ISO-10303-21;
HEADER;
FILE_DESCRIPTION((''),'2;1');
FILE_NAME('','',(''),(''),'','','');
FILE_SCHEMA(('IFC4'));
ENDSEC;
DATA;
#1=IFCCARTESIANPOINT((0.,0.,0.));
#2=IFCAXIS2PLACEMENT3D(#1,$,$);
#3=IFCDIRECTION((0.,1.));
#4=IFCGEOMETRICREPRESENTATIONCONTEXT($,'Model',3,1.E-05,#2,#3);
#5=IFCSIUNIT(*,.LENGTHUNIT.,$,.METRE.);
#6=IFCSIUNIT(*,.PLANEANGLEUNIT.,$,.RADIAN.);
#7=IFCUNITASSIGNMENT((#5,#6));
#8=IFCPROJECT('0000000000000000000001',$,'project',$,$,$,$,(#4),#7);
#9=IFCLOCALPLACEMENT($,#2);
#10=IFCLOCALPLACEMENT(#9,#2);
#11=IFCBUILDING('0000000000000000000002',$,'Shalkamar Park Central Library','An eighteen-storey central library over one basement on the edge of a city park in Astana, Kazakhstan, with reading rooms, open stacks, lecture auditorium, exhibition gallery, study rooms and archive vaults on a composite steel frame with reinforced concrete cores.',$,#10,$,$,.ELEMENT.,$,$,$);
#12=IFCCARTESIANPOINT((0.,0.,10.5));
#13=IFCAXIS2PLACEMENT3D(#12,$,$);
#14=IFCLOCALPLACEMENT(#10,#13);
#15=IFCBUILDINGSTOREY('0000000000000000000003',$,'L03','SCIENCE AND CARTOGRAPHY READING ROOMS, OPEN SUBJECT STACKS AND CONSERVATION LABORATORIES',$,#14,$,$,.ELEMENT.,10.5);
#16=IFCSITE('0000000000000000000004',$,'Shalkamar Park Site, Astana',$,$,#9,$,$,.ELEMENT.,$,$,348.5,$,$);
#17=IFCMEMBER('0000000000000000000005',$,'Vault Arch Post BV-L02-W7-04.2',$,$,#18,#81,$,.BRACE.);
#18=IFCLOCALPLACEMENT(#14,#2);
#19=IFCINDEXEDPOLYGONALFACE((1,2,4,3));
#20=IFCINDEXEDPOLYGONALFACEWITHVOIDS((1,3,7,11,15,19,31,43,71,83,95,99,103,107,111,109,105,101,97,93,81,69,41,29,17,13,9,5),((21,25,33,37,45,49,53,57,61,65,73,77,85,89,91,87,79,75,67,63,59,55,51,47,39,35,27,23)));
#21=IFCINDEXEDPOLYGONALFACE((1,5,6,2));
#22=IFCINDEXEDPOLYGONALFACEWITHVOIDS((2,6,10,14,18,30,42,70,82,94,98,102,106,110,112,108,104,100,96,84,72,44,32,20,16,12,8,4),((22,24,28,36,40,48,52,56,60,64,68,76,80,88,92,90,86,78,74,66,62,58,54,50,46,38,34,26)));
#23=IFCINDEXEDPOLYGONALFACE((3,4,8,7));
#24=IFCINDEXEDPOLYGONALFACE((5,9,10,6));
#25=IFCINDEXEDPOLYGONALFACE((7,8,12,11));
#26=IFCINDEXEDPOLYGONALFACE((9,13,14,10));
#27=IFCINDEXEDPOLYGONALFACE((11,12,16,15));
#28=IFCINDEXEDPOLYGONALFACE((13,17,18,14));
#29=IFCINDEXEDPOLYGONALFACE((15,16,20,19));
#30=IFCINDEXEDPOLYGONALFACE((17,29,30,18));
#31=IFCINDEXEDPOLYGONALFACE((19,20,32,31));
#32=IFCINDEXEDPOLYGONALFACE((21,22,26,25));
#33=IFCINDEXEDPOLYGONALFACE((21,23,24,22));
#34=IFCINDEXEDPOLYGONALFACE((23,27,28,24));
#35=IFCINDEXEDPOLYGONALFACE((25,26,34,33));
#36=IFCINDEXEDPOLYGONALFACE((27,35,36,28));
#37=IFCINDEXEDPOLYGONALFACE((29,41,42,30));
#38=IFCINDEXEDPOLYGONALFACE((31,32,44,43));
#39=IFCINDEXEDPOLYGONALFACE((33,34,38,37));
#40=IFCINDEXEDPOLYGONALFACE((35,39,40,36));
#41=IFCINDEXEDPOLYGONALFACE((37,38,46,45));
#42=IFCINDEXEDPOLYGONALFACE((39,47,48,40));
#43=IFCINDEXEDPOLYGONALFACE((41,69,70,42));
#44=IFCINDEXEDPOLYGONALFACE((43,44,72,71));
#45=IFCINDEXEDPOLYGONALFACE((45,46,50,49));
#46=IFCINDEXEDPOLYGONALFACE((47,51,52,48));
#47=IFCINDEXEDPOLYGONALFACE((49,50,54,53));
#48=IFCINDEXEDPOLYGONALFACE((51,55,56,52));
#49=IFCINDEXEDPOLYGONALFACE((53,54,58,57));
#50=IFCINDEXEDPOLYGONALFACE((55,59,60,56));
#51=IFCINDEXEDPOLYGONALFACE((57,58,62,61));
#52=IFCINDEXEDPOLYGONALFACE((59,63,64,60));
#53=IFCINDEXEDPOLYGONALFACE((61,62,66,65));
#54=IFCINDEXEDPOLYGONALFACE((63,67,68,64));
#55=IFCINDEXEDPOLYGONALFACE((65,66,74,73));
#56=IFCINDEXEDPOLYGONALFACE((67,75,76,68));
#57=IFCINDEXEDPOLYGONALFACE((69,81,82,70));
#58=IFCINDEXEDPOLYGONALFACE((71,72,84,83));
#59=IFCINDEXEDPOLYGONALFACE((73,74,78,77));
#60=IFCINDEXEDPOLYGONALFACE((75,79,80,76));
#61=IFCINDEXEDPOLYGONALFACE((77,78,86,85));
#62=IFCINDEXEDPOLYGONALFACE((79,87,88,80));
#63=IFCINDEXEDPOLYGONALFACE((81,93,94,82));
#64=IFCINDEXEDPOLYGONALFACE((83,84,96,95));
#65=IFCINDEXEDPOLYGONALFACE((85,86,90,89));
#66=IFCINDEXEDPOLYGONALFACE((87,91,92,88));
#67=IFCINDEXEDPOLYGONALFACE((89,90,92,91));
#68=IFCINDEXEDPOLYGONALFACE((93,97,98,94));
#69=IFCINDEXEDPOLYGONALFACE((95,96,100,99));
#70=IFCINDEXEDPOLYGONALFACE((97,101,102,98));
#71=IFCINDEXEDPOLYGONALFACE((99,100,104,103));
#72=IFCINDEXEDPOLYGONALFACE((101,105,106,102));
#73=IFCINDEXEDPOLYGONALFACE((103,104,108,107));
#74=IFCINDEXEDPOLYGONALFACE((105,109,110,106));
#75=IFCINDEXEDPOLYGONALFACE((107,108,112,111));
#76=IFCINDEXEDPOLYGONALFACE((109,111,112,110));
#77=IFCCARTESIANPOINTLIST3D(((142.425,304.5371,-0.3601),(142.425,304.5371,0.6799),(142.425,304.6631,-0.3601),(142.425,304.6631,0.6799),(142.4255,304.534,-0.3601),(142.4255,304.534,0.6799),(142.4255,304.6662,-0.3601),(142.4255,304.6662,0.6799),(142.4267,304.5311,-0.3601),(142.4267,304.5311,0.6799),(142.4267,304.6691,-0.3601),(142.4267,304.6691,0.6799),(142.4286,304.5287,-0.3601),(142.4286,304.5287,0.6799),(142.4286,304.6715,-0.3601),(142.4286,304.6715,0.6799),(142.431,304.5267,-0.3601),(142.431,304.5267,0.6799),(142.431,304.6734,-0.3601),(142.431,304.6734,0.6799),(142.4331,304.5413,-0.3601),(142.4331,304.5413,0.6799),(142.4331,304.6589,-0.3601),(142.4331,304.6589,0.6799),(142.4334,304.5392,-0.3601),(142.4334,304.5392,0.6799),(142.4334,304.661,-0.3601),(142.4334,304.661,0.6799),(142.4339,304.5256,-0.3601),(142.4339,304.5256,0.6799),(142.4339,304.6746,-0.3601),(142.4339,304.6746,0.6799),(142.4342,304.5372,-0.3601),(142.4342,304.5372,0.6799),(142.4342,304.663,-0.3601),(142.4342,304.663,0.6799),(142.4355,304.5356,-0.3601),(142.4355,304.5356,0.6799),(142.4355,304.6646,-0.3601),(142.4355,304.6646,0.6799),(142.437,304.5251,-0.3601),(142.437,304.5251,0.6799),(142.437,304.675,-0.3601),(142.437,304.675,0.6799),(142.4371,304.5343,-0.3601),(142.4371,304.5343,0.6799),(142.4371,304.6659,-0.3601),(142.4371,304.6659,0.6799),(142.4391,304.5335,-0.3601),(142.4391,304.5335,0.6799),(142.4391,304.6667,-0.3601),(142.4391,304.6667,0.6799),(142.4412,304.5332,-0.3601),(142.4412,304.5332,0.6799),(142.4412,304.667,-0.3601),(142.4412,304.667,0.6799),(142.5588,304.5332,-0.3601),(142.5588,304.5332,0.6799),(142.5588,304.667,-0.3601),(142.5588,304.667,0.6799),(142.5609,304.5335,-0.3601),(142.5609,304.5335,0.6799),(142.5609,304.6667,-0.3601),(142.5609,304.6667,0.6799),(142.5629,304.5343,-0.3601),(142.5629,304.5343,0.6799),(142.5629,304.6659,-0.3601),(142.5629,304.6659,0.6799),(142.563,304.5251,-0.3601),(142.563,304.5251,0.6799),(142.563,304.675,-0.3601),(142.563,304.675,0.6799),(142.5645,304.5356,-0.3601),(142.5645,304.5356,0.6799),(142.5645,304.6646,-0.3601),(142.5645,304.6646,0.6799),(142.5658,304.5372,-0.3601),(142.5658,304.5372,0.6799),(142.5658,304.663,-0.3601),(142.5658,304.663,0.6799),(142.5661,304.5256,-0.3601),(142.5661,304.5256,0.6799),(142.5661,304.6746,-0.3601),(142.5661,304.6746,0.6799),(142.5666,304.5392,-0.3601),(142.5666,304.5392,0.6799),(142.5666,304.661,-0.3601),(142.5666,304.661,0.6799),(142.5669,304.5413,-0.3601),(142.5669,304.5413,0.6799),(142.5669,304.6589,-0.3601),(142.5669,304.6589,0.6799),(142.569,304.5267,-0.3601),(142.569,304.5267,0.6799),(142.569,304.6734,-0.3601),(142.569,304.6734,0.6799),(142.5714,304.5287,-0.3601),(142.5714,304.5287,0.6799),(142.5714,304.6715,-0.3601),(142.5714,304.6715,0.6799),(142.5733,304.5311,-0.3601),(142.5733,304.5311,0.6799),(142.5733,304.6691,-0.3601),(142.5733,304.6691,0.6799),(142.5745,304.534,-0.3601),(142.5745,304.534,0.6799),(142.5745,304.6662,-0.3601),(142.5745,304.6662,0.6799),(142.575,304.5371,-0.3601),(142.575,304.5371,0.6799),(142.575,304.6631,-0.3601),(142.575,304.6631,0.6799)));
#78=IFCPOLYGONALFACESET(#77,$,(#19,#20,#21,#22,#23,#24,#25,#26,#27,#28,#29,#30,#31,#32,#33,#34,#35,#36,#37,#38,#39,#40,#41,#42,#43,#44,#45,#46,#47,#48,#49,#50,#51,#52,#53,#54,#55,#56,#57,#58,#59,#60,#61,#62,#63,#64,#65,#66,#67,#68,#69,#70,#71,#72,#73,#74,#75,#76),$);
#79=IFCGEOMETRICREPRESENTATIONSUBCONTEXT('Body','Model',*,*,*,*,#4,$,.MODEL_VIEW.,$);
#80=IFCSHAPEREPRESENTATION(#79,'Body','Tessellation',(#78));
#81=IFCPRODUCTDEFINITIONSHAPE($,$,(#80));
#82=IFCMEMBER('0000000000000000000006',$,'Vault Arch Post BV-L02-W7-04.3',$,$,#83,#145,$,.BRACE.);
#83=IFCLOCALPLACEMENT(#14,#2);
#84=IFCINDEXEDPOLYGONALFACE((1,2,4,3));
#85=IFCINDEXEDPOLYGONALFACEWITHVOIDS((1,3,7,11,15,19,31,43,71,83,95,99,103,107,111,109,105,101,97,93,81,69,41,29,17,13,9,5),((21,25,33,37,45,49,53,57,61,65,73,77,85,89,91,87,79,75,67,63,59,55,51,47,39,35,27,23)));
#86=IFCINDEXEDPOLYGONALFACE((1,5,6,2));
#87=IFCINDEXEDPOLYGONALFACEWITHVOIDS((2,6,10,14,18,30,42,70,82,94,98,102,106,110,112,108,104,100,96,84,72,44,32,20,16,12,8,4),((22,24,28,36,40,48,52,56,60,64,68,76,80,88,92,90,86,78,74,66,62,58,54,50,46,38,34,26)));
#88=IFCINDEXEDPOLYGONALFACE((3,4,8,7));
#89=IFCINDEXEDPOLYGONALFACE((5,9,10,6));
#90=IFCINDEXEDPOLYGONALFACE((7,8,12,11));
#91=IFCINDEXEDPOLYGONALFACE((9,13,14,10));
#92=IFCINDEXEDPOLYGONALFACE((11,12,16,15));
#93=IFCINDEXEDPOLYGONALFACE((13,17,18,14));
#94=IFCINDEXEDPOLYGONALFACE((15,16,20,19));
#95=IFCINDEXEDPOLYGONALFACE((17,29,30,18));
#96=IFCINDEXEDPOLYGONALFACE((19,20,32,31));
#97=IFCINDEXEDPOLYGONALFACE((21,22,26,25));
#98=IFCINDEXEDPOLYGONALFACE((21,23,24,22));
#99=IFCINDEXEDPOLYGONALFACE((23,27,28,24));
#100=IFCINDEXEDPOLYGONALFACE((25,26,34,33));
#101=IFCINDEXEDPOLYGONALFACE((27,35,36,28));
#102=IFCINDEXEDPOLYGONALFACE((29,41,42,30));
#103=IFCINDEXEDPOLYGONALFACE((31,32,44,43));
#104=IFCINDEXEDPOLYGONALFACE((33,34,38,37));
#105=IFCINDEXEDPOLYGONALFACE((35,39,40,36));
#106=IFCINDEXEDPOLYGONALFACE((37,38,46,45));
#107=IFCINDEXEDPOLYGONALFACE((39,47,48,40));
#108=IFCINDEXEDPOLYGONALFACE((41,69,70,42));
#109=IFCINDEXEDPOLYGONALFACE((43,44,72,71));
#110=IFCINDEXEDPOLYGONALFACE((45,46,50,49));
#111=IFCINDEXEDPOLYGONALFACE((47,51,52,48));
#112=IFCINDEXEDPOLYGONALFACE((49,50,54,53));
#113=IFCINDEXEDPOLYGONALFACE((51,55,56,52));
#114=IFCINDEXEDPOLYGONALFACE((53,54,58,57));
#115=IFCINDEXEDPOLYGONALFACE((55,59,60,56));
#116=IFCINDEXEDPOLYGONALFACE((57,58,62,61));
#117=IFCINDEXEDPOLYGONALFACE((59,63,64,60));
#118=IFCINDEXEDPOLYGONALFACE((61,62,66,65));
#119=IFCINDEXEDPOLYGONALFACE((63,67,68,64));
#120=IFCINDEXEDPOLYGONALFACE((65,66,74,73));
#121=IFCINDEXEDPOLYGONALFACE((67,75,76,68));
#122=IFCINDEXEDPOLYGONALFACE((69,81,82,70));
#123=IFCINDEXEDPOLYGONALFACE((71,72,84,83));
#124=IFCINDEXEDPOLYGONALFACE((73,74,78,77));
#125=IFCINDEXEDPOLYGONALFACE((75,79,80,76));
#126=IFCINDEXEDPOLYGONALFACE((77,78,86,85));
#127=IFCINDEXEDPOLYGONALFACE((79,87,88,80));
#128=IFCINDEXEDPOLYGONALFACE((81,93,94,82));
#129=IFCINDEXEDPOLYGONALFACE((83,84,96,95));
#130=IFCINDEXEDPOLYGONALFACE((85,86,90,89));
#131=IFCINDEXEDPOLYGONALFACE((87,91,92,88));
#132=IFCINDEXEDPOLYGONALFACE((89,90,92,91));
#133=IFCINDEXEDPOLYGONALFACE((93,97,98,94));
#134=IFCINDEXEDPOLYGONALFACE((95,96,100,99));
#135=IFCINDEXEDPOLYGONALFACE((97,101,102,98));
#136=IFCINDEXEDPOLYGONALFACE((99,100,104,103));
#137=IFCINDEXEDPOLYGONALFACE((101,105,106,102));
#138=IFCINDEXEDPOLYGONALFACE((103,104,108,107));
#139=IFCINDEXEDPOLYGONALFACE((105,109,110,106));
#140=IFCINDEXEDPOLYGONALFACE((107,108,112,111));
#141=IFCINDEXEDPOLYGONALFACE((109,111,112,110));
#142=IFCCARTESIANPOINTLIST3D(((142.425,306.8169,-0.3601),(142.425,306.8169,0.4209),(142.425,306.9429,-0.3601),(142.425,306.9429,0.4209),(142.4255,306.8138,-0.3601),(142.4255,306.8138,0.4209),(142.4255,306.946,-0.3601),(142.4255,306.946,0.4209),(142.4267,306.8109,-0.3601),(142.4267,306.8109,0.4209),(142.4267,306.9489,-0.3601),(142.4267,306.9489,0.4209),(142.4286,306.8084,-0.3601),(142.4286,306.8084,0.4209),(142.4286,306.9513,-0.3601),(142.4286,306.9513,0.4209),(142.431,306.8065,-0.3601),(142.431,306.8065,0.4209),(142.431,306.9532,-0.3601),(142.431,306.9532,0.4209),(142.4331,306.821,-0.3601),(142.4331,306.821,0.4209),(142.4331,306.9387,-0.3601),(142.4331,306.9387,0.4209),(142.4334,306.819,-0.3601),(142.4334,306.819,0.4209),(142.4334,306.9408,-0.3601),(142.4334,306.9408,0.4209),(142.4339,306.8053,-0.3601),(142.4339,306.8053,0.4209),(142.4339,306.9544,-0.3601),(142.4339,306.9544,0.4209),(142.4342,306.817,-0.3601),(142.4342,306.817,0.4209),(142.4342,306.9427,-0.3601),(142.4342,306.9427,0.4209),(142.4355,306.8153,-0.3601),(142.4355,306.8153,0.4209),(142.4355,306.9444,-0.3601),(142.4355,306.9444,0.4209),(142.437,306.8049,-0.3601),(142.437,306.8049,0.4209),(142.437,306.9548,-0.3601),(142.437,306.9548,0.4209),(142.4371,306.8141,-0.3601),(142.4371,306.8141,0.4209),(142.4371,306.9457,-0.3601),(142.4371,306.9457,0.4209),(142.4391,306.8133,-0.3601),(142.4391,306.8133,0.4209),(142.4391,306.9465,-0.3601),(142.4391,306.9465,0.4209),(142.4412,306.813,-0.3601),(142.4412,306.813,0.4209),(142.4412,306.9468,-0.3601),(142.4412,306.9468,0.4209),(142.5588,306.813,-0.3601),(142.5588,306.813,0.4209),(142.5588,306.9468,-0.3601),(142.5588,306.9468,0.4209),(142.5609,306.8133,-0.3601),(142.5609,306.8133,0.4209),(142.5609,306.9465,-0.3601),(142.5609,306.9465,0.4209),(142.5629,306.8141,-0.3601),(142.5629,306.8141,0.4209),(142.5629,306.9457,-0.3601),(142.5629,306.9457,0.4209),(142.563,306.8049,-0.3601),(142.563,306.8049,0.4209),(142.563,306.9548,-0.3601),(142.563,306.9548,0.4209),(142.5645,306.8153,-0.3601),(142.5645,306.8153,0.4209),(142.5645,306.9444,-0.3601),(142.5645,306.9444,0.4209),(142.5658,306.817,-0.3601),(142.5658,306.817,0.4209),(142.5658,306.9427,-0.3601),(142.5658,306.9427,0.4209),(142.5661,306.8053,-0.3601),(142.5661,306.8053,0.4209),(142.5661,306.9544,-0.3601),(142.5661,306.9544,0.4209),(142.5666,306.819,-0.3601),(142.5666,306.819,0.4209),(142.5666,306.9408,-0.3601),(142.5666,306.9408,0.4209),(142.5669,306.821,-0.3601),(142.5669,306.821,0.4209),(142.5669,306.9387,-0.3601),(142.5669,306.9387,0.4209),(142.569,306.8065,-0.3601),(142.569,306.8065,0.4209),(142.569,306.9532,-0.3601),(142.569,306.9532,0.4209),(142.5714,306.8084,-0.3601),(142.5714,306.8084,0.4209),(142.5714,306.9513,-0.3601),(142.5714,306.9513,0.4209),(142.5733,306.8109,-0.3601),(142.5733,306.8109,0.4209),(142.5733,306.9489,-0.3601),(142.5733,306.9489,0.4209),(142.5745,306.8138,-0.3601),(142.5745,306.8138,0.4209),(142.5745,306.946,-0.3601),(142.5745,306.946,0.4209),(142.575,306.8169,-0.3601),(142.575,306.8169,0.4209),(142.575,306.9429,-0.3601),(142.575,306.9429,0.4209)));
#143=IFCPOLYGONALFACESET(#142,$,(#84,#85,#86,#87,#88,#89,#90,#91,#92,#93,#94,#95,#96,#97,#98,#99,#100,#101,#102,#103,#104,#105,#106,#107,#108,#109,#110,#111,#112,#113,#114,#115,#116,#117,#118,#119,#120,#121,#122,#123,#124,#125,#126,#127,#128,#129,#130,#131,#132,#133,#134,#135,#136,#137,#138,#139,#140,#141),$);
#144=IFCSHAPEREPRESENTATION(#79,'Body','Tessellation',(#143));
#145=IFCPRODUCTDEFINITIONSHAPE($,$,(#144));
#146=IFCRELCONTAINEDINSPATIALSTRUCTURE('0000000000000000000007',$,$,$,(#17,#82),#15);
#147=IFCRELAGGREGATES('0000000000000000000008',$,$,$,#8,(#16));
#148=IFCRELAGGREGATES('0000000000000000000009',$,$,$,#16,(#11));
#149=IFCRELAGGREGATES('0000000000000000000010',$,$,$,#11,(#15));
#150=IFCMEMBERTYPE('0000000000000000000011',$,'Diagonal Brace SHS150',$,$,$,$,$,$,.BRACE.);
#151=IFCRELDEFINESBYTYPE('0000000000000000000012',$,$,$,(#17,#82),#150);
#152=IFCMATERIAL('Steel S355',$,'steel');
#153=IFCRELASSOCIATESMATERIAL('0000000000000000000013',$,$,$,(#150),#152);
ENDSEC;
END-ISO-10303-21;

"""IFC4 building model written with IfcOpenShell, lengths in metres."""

from ifc_helpers import new_model, si_unit, direction, frame, origin, origin_2d, place, context, subcontext, project, spatial, hollow_rectangle, extrude, material, material_profile, profile_set, type_object, element, save


model = new_model("IFC4")

# Units and contexts
model_context = context("Model", 3, precision=1e-05, world=origin(), true_north=direction((0.0, 1.0)))
body_context = subcontext(model_context, "Body", "Model", "MODEL_VIEW")
ifc_project = project(units=[si_unit("LENGTHUNIT", "METRE"), si_unit("PLANEANGLEUNIT", "RADIAN")], contexts=[model_context])

# Site, building, storey
site_placement = place(None, origin())
site = spatial("IfcSite", under=ifc_project, at=site_placement, Name="Shalkamar Park Site, Astana", CompositionType="ELEMENT", RefElevation=348.5)
building_placement = place(site_placement, origin())
building = spatial("IfcBuilding", under=site, at=building_placement, Name="Shalkamar Park Central Library", Description="An eighteen-storey central library over one basement on the edge of a city park in Astana, Kazakhstan, with reading rooms, open stacks, lecture auditorium, exhibition gallery, study rooms and archive vaults on a composite steel frame with reinforced concrete cores.", CompositionType="ELEMENT")
storey_placement = place(building_placement, frame((0.0, 0.0, 10.5)))
storey = spatial("IfcBuildingStorey", under=building, at=storey_placement, Name="L03", Description="SCIENCE AND CARTOGRAPHY READING ROOMS, OPEN SUBJECT STACKS AND CONSERVATION LABORATORIES", CompositionType="ELEMENT", Elevation=10.5)

# Shared definitions
ifc_material_1 = material(Name="Steel S355", Category="steel")

# Members
ifc_material_profile_1 = material_profile(ifc_material_1, hollow_rectangle(XDim=0.1499, YDim=0.1499, WallThickness=0.0081, InnerFilletRadius=0.0081, OuterFilletRadius=0.012, at=origin_2d()), Name="SHS 150x150x8")
ifc_profile_set_1 = profile_set([ifc_material_profile_1], Name="Steel S355")
member_type_1 = type_object("IfcMemberType", Name="Diagonal Brace SHS150", PredefinedType="BRACE", material=ifc_profile_set_1)
member_1_placement = place(storey_placement, frame((142.5, 304.6001, -0.3601), z_axis=(0.0, 0.0, 1.0), x_axis=(1.0, 0.0, 0.0)))
element("IfcMember", 1, at=member_1_placement, inside=storey, type_object=member_type_1, Name="Vault Arch Post BV-L02-W7-04.2", PredefinedType="BRACE", context=body_context, shape_type="SweptSolid", body=[
    extrude(hollow_rectangle(XDim=0.1499, YDim=0.1499, WallThickness=0.0081, InnerFilletRadius=0.0081, OuterFilletRadius=0.012, at=origin_2d()), origin(), (0.0, 0.0, 1.0), 1.04),
])
for number, where, z_axis, x_axis, name in (
    (2, (142.5, 306.8799, -0.3601), (0.0, 0.0, 1.0), (1.0, 0.0, 0.0), "Vault Arch Post BV-L02-W7-04.3"),
):
    element("IfcMember", number, at=place(storey_placement, frame(where, z_axis=z_axis, x_axis=x_axis)), inside=storey, type_object=member_type_1, Name=name, PredefinedType="BRACE", context=body_context, shape_type="SweptSolid", body=[
        extrude(hollow_rectangle(XDim=0.1499, YDim=0.1499, WallThickness=0.0081, InnerFilletRadius=0.0081, OuterFilletRadius=0.012, at=origin_2d()), origin(), (0.0, 0.0, 1.0), 0.781),
    ])

save(model, "model.ifc")
